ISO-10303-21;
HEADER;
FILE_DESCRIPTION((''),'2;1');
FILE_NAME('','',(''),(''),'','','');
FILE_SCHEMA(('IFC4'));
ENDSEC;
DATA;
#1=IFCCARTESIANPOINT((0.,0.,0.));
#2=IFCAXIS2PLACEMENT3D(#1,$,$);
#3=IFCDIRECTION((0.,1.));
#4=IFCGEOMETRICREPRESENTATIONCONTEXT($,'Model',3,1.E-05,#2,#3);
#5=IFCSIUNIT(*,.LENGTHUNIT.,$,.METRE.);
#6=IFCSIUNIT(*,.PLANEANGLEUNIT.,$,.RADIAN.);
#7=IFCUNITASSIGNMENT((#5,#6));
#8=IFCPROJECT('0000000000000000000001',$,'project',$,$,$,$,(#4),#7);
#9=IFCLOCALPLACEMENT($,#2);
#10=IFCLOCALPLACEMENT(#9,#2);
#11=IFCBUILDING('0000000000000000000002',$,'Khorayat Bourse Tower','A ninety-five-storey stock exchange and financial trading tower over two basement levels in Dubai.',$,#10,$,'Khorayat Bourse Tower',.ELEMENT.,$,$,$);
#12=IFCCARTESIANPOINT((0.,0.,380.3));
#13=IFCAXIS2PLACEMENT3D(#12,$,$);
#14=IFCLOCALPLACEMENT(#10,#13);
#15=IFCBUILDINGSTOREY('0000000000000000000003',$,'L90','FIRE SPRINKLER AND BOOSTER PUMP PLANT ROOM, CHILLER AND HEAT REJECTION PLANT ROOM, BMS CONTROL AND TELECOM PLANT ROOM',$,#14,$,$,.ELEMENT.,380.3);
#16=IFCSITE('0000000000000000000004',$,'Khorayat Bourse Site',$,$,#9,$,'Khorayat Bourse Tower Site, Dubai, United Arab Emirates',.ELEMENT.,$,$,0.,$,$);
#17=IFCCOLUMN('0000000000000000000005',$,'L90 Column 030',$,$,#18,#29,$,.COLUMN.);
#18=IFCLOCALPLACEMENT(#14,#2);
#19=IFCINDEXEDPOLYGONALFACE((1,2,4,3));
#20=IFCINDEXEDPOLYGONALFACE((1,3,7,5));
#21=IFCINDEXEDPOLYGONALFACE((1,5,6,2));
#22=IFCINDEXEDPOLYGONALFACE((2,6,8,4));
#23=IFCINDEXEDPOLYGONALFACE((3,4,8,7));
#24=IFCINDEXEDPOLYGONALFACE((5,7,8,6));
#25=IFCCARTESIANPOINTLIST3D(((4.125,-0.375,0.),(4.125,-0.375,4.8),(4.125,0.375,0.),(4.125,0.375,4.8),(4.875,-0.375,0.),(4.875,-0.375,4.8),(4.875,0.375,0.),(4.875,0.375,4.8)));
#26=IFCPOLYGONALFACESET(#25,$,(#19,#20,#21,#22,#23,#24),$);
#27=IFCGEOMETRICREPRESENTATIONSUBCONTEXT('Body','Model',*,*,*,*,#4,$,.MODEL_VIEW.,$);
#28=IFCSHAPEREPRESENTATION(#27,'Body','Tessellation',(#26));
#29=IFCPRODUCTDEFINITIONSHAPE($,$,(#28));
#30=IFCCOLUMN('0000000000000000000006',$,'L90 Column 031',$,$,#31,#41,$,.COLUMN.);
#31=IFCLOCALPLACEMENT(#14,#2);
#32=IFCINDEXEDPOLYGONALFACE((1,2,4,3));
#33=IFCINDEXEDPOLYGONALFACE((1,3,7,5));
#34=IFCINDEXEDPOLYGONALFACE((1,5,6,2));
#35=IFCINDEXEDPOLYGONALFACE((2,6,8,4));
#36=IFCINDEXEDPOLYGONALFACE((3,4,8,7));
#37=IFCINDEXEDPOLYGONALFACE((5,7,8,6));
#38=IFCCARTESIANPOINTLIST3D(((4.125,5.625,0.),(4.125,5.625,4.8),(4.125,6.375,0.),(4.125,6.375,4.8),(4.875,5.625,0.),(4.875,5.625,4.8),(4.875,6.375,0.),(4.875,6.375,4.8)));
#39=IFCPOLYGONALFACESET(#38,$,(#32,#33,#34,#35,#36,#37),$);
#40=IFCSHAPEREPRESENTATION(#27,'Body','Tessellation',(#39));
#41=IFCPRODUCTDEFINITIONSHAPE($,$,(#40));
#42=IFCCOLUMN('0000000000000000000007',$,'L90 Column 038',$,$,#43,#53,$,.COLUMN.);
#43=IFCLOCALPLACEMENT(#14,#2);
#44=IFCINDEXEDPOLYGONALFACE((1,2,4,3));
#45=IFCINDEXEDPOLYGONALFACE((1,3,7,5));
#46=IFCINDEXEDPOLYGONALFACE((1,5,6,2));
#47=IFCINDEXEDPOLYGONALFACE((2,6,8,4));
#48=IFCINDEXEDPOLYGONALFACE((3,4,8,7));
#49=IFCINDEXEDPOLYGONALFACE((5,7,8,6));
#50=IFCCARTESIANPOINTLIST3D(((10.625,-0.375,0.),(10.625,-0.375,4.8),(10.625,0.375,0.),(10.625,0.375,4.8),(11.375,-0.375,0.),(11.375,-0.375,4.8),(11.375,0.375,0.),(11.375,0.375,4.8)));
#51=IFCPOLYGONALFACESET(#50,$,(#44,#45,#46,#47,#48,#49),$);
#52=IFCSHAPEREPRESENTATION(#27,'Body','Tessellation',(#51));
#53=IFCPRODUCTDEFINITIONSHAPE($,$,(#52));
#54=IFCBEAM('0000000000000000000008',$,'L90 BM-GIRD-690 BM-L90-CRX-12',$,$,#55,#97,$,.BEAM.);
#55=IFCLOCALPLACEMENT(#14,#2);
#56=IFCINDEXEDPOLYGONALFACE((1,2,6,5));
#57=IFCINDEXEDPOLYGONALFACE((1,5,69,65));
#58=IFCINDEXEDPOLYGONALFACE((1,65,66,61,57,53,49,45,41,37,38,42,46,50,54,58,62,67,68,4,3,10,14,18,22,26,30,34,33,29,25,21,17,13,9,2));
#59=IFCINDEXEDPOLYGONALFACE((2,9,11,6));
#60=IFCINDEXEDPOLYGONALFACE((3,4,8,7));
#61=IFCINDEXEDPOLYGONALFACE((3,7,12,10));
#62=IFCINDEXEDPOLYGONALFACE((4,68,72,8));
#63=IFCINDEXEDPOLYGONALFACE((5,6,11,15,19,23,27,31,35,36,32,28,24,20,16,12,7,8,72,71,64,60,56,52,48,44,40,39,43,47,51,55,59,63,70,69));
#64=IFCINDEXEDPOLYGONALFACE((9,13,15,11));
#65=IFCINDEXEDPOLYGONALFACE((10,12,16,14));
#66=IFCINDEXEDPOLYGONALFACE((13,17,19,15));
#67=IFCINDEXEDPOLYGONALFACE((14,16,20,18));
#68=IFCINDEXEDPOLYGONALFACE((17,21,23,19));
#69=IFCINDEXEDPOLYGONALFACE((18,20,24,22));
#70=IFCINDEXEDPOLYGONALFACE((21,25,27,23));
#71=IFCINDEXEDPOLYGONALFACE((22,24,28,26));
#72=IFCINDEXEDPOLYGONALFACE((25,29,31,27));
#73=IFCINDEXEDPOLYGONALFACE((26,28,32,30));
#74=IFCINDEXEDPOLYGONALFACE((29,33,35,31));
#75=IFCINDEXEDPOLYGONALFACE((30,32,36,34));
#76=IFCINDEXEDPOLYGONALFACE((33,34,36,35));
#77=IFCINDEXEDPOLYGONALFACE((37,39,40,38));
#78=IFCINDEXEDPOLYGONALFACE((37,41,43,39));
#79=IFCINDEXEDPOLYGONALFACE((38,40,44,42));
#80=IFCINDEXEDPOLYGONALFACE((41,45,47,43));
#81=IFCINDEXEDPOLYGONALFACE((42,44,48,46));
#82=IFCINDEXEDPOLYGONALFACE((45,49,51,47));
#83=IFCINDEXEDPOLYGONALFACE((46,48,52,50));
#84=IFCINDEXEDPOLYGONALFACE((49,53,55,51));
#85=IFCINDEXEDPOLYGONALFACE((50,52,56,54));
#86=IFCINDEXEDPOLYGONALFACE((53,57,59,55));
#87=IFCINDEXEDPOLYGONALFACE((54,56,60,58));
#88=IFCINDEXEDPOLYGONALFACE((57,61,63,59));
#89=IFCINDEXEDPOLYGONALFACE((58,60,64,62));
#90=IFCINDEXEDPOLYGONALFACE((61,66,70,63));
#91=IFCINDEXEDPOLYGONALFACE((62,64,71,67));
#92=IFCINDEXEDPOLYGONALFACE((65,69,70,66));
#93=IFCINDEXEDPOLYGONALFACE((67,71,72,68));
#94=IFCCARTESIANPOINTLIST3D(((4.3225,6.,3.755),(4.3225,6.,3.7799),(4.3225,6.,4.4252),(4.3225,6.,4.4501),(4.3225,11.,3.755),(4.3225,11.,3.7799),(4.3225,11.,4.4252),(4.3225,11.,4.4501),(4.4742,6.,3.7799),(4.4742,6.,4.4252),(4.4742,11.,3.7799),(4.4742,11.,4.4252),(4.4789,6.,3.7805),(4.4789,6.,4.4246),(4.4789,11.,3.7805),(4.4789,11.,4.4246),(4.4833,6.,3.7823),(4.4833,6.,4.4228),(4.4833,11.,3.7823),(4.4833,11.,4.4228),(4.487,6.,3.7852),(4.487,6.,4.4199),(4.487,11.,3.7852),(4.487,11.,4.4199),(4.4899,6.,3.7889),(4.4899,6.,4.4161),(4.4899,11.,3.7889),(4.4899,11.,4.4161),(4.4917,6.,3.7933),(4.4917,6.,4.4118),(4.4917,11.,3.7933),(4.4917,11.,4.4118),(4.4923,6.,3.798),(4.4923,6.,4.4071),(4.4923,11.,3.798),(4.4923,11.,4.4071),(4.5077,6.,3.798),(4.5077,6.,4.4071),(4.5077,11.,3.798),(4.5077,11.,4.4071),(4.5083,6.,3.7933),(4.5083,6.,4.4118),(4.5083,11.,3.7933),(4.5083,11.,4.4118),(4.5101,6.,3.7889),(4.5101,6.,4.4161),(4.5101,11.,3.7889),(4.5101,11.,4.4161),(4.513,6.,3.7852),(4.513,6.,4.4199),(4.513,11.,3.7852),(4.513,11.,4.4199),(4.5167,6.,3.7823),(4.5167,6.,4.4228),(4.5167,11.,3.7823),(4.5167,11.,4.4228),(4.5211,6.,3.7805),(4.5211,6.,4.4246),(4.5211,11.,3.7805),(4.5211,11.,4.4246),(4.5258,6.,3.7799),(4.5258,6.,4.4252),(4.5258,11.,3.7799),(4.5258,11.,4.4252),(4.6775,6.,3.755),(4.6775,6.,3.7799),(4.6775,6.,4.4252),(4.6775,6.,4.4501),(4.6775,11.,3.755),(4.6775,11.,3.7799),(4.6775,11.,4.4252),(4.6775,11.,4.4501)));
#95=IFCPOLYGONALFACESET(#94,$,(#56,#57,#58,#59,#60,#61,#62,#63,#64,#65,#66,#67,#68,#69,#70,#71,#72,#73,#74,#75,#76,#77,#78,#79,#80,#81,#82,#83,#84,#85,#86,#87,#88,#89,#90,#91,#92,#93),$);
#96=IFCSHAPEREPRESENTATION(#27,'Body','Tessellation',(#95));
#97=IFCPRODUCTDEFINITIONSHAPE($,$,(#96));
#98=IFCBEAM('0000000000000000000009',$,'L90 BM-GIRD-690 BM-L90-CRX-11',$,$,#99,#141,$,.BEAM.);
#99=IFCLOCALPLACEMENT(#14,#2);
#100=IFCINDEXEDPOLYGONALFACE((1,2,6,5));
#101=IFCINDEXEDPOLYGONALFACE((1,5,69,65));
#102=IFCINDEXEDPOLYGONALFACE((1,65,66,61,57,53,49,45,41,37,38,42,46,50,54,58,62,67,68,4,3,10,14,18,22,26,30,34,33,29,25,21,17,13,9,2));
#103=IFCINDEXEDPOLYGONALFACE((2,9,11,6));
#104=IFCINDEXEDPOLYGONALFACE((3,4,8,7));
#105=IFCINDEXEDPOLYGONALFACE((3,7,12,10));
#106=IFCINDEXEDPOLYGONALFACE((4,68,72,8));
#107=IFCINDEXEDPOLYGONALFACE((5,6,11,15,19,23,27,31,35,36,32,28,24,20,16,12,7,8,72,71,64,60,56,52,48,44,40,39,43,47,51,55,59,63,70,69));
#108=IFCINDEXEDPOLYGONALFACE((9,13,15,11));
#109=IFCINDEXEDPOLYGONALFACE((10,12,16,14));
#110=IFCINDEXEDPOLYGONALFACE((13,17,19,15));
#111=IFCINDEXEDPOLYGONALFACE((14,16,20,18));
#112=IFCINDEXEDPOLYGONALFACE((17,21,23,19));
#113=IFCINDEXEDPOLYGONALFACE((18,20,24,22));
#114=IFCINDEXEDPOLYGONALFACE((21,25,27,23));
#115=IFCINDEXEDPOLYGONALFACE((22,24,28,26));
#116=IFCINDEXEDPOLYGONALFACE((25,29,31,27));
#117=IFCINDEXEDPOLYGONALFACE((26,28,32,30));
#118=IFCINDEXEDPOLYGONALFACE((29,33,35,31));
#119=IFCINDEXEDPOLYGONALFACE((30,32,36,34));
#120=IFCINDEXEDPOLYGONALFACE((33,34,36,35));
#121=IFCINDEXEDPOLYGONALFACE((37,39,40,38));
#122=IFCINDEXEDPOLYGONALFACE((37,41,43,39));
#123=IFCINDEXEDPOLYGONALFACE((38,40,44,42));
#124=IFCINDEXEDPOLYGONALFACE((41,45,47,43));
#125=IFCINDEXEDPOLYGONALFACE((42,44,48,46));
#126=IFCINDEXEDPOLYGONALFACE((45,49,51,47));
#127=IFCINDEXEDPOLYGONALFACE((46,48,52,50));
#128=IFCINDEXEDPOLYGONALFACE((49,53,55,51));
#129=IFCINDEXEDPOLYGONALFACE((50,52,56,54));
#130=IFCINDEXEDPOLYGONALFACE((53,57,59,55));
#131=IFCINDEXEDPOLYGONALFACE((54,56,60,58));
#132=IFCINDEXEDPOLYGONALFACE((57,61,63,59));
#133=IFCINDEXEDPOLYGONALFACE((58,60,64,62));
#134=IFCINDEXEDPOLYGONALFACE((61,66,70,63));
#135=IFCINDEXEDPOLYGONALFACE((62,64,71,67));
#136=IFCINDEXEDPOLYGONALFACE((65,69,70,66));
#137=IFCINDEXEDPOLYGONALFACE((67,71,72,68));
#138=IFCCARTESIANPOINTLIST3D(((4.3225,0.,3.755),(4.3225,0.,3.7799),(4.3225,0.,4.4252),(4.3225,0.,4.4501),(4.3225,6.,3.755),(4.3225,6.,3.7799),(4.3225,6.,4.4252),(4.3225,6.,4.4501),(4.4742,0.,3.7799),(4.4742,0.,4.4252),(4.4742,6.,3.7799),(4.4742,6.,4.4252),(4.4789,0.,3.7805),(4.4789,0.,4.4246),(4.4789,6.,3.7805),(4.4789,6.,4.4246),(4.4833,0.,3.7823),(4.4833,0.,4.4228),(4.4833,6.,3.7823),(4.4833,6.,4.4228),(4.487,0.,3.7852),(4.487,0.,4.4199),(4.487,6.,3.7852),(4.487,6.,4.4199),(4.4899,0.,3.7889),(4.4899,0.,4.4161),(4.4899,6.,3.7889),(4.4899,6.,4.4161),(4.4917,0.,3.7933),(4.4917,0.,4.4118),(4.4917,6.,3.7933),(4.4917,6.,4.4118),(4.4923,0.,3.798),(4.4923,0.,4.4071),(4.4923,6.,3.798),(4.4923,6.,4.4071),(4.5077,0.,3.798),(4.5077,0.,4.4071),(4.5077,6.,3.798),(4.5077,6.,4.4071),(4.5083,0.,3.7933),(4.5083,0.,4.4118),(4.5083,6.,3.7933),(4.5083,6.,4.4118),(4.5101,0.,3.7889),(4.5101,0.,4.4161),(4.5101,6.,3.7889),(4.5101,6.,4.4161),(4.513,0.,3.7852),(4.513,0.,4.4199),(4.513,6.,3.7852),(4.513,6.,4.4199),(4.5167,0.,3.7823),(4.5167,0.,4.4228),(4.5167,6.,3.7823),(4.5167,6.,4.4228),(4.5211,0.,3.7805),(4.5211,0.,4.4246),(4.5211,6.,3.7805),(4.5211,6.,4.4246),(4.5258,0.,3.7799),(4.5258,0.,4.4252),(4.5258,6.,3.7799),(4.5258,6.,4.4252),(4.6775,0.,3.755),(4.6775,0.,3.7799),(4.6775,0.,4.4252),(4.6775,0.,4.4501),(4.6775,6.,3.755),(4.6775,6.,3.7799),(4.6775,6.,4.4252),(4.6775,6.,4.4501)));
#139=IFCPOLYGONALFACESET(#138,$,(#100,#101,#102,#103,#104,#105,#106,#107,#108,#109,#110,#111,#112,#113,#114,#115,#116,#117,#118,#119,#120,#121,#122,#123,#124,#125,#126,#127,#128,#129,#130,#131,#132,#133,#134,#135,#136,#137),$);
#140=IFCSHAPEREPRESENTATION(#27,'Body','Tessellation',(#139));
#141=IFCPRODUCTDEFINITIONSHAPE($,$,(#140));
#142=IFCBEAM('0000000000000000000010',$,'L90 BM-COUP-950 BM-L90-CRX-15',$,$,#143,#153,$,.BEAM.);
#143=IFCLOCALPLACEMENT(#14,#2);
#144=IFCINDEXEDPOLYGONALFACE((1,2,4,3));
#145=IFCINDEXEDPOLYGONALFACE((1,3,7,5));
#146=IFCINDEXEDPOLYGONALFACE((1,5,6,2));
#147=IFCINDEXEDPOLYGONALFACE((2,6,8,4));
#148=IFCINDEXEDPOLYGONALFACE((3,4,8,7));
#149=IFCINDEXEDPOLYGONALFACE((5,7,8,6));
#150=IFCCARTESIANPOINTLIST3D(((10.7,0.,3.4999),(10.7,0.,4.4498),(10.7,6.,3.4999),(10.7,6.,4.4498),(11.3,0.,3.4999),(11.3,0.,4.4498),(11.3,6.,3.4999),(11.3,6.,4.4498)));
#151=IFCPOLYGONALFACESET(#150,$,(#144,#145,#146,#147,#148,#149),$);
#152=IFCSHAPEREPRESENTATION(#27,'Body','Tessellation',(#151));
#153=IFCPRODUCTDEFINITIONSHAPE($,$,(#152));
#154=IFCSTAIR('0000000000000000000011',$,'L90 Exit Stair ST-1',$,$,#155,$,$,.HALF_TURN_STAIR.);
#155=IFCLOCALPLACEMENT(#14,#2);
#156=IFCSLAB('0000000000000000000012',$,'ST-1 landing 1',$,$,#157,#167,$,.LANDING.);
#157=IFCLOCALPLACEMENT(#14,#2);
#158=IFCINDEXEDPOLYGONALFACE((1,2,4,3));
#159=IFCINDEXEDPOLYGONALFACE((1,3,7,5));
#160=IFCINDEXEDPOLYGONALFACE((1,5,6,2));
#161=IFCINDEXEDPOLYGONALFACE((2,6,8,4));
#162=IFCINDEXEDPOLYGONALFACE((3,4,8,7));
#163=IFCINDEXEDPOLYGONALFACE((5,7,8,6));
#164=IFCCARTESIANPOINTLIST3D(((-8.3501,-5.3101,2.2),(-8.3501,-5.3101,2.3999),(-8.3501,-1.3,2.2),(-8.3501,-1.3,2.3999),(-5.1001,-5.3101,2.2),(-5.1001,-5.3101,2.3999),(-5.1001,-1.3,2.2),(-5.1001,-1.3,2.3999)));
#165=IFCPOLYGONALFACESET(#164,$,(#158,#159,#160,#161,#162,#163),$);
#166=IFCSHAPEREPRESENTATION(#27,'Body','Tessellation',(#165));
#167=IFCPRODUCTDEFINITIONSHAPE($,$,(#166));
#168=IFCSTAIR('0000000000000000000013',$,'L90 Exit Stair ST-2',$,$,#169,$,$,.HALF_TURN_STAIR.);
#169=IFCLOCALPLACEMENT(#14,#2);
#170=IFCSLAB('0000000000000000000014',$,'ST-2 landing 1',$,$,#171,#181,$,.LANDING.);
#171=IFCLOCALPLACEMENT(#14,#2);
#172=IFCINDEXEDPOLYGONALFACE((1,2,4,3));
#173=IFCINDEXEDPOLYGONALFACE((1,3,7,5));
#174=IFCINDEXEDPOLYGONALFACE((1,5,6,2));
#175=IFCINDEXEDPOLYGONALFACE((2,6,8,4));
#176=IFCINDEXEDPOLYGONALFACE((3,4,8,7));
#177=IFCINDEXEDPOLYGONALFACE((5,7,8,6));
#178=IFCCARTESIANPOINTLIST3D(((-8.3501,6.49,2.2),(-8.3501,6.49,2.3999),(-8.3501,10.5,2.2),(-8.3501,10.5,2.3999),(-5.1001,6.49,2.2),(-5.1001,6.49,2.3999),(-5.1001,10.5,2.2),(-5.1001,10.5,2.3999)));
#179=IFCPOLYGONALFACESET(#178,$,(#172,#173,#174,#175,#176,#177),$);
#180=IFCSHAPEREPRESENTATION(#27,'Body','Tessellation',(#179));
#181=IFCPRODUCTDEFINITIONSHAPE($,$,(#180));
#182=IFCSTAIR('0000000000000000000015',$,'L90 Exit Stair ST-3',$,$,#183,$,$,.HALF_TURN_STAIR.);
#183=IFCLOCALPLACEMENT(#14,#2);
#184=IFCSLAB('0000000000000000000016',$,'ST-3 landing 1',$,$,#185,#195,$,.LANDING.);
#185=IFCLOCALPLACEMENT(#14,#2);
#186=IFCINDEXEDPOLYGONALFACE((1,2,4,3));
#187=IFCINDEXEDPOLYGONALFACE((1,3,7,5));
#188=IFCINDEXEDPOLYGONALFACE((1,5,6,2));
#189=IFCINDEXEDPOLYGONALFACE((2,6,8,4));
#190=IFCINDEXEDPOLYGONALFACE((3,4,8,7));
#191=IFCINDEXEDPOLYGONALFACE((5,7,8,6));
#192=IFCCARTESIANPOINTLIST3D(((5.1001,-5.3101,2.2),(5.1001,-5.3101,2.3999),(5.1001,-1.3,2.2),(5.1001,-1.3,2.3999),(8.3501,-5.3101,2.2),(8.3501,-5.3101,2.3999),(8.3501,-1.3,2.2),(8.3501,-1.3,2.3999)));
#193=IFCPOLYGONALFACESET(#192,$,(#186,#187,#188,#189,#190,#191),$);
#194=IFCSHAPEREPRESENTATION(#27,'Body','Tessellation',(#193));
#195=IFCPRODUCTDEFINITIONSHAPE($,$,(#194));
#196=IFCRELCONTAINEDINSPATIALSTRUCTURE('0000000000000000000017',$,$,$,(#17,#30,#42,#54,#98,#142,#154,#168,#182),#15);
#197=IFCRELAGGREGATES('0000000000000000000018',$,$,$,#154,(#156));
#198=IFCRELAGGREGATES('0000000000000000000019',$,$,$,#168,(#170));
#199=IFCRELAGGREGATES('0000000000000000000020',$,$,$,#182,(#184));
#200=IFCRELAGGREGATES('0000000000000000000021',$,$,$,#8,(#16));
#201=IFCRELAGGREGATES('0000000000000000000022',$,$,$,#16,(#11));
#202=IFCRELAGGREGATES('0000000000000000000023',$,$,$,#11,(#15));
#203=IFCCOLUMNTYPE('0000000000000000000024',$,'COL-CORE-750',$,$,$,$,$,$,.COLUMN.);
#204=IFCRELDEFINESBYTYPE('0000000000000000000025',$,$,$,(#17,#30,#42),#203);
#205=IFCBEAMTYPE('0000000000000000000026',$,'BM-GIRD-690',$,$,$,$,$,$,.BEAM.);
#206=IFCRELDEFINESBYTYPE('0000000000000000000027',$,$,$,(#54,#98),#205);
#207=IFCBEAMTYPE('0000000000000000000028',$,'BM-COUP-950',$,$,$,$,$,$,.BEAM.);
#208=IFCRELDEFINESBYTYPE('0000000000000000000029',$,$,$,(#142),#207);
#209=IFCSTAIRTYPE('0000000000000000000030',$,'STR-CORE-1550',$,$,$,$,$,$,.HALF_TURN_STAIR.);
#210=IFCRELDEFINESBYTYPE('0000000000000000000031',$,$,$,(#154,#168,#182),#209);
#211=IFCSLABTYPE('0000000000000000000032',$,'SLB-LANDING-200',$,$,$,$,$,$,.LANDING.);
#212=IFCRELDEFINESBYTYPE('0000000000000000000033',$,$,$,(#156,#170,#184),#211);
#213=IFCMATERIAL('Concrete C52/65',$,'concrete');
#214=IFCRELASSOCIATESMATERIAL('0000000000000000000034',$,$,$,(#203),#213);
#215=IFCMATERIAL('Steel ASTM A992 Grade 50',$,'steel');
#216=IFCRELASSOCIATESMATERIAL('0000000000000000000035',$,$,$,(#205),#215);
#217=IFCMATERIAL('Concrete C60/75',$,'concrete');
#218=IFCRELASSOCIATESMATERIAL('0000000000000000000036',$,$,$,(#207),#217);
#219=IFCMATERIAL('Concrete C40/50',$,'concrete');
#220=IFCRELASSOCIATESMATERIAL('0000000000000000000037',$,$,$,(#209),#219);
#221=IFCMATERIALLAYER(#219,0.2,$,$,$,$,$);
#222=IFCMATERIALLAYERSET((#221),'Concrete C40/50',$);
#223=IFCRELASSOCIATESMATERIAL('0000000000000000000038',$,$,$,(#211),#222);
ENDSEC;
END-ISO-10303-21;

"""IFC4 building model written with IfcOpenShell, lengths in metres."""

from ifc_helpers import new_model, si_unit, direction, frame, origin, origin_2d, place, context, subcontext, project, spatial, polyline, rectangle, i_section, outline, extrude, source, transform, mapped, material, layer, layer_set, material_profile, profile_set, type_object, element, aggregate, save


model = new_model("IFC4")

# Units and contexts
model_context = context("Model", 3, precision=1e-05, world=origin(), true_north=direction((0.0, 1.0)))
body_context = subcontext(model_context, "Body", "Model", "MODEL_VIEW")
ifc_project = project(units=[si_unit("LENGTHUNIT", "METRE"), si_unit("PLANEANGLEUNIT", "RADIAN")], contexts=[model_context])

# Site, building, storey
site_placement = place(None, origin())
site = spatial("IfcSite", under=ifc_project, at=site_placement, Name="Khorayat Bourse Site", LongName="Khorayat Bourse Tower Site, Dubai, United Arab Emirates", CompositionType="ELEMENT", RefElevation=0.0)
building_placement = place(site_placement, origin())
building = spatial("IfcBuilding", under=site, at=building_placement, Name="Khorayat Bourse Tower", Description="A ninety-five-storey stock exchange and financial trading tower over two basement levels in Dubai.", LongName="Khorayat Bourse Tower", CompositionType="ELEMENT")
storey_placement = place(building_placement, frame((0.0, 0.0, 380.3)))
storey = spatial("IfcBuildingStorey", under=building, at=storey_placement, Name="L90", Description="FIRE SPRINKLER AND BOOSTER PUMP PLANT ROOM, CHILLER AND HEAT REJECTION PLANT ROOM, BMS CONTROL AND TELECOM PLANT ROOM", CompositionType="ELEMENT", Elevation=380.3)

# Columns
ifc_material_1 = material(Name="Concrete C52/65", Category="concrete")
ifc_material_profile_1 = material_profile(ifc_material_1, rectangle(XDim=0.75, YDim=0.75, at=origin_2d()), Name="RC 750x750")
ifc_profile_set_1 = profile_set([ifc_material_profile_1], Name="Concrete C52/65")
column_type = type_object("IfcColumnType", Name="COL-CORE-750", PredefinedType="COLUMN", material=ifc_profile_set_1)
shared_shape_1 = source(origin(), body_context, "Body", "SweptSolid", [
    extrude(rectangle(XDim=0.75, YDim=0.75, at=origin_2d()), origin(), (0.0, 0.0, 1.0), 4.8),
])
for number, where, z_axis, x_axis, name in (
    (1, (4.5, 0.0, 0.0), (0.0, 0.0, 1.0), (1.0, 0.0, 0.0), "L90 Column 030"),
    (2, (4.5, 6.0, 0.0), (0.0, 0.0, 1.0), (1.0, 0.0, 0.0), "L90 Column 031"),
    (3, (11.0, 0.0, 0.0), (0.0, 0.0, 1.0), (1.0, 0.0, 0.0), "L90 Column 038"),
):
    element("IfcColumn", number, at=place(storey_placement, frame(where, z_axis=z_axis, x_axis=x_axis)), inside=storey, type_object=column_type, Name=name, PredefinedType="COLUMN", context=body_context, shape_type="MappedRepresentation", body=[
        mapped(shared_shape_1, transform((0.0, 0.0, 0.0), scale=1.0)),
    ])

# Beams
ifc_material_2 = material(Name="Steel ASTM A992 Grade 50", Category="steel")
ifc_material_profile_2 = material_profile(ifc_material_2, i_section(OverallWidth=0.355, OverallDepth=0.6951, WebThickness=0.0154, FlangeThickness=0.0249, FilletRadius=0.0181, at=origin_2d()), Name="W690X217")
ifc_profile_set_2 = profile_set([ifc_material_profile_2], Name="Steel ASTM A992 Grade 50")
beam_type_1 = type_object("IfcBeamType", Name="BM-GIRD-690", PredefinedType="BEAM", material=ifc_profile_set_2)
shared_shape_2 = source(origin(), body_context, "Body", "SweptSolid", [
    extrude(i_section(OverallWidth=0.355, OverallDepth=0.6951, WebThickness=0.0154, FlangeThickness=0.0249, FilletRadius=0.0181, at=origin_2d()), origin(), (0.0, 0.0, 1.0), 5.0),
])
beam_1_placement = place(storey_placement, frame((4.5, 6.0, 4.1025), z_axis=(0.0, 1.0, 0.0), x_axis=(-1.0, 0.0, 0.0)))
element("IfcBeam", 4, at=beam_1_placement, inside=storey, type_object=beam_type_1, Name="L90 BM-GIRD-690 BM-L90-CRX-12", PredefinedType="BEAM", context=body_context, shape_type="MappedRepresentation", body=[
    mapped(shared_shape_2, transform((0.0, 0.0, 0.0), scale=1.0)),
])
shared_shape_3 = source(origin(), body_context, "Body", "SweptSolid", [
    extrude(i_section(OverallWidth=0.355, OverallDepth=0.6951, WebThickness=0.0154, FlangeThickness=0.0249, FilletRadius=0.0181, at=origin_2d()), origin(), (0.0, 0.0, 1.0), 6.0),
])
beam_2_placement = place(storey_placement, frame((4.5, 0.0, 4.1025), z_axis=(0.0, 1.0, 0.0), x_axis=(-1.0, 0.0, 0.0)))
element("IfcBeam", 5, at=beam_2_placement, inside=storey, type_object=beam_type_1, Name="L90 BM-GIRD-690 BM-L90-CRX-11", PredefinedType="BEAM", context=body_context, shape_type="MappedRepresentation", body=[
    mapped(shared_shape_3, transform((0.0, 0.0, 0.0), scale=1.0)),
])
ifc_material_3 = material(Name="Concrete C60/75", Category="concrete")
ifc_material_profile_3 = material_profile(ifc_material_3, rectangle(XDim=0.6001, YDim=0.95, at=origin_2d()), Name="RC 600x950")
ifc_profile_set_3 = profile_set([ifc_material_profile_3], Name="Concrete C60/75")
beam_type_2 = type_object("IfcBeamType", Name="BM-COUP-950", PredefinedType="BEAM", material=ifc_profile_set_3)
shared_shape_4 = source(origin(), body_context, "Body", "SweptSolid", [
    extrude(rectangle(XDim=0.6001, YDim=0.95, at=origin_2d()), origin(), (0.0, 0.0, 1.0), 6.0),
])
beam_3_placement = place(storey_placement, frame((11.0, 0.0, 3.9749), z_axis=(0.0, 1.0, 0.0), x_axis=(-1.0, 0.0, 0.0)))
element("IfcBeam", 6, at=beam_3_placement, inside=storey, type_object=beam_type_2, Name="L90 BM-COUP-950 BM-L90-CRX-15", PredefinedType="BEAM", context=body_context, shape_type="MappedRepresentation", body=[
    mapped(shared_shape_4, transform((0.0, 0.0, 0.0), scale=1.0)),
])

# Stairs, slabs
ifc_material_4 = material(Name="Concrete C40/50", Category="concrete")
stair_type = type_object("IfcStairType", Name="STR-CORE-1550", PredefinedType="HALF_TURN_STAIR", material=ifc_material_4)
stair_1_placement = place(storey_placement, origin())
stair_1 = element("IfcStair", 7, at=stair_1_placement, inside=storey, type_object=stair_type, Name="L90 Exit Stair ST-1", PredefinedType="HALF_TURN_STAIR")
ifc_layer_1 = layer(ifc_material_4, 0.2)
ifc_layer_set_1 = layer_set([ifc_layer_1], Name="Concrete C40/50")
slab_type = type_object("IfcSlabType", Name="SLB-LANDING-200", PredefinedType="LANDING", material=ifc_layer_set_1)
slab_1_placement = place(storey_placement, frame((0.0, 0.0, 2.2)))
slab_1 = element("IfcSlab", 8, at=slab_1_placement, type_object=slab_type, Name="ST-1 landing 1", PredefinedType="LANDING", context=body_context, shape_type="SweptSolid", body=[
    extrude(outline(polyline([(-5.1001, -5.3101), (-5.1001, -1.3), (-8.3501, -1.3), (-8.3501, -5.3101), (-5.1001, -5.3101)])), origin(), (0.0, 0.0, 1.0), 0.2),
])
aggregate(stair_1, [slab_1])
stair_2_placement = place(storey_placement, origin())
stair_2 = element("IfcStair", 9, at=stair_2_placement, inside=storey, type_object=stair_type, Name="L90 Exit Stair ST-2", PredefinedType="HALF_TURN_STAIR")
slab_2_placement = place(storey_placement, frame((0.0, 0.0, 2.2)))
slab_2 = element("IfcSlab", 10, at=slab_2_placement, type_object=slab_type, Name="ST-2 landing 1", PredefinedType="LANDING", context=body_context, shape_type="SweptSolid", body=[
    extrude(outline(polyline([(-5.1001, 6.49), (-5.1001, 10.5), (-8.3501, 10.5), (-8.3501, 6.49), (-5.1001, 6.49)])), origin(), (0.0, 0.0, 1.0), 0.2),
])
aggregate(stair_2, [slab_2])
stair_3_placement = place(storey_placement, origin())
stair_3 = element("IfcStair", 11, at=stair_3_placement, inside=storey, type_object=stair_type, Name="L90 Exit Stair ST-3", PredefinedType="HALF_TURN_STAIR")
slab_3_placement = place(storey_placement, frame((0.0, 0.0, 2.2)))
slab_3 = element("IfcSlab", 12, at=slab_3_placement, type_object=slab_type, Name="ST-3 landing 1", PredefinedType="LANDING", context=body_context, shape_type="SweptSolid", body=[
    extrude(outline(polyline([(8.3501, -5.3101), (8.3501, -1.3), (5.1001, -1.3), (5.1001, -5.3101), (8.3501, -5.3101)])), origin(), (0.0, 0.0, 1.0), 0.2),
])
aggregate(stair_3, [slab_3])

save(model, "model.ifc")
